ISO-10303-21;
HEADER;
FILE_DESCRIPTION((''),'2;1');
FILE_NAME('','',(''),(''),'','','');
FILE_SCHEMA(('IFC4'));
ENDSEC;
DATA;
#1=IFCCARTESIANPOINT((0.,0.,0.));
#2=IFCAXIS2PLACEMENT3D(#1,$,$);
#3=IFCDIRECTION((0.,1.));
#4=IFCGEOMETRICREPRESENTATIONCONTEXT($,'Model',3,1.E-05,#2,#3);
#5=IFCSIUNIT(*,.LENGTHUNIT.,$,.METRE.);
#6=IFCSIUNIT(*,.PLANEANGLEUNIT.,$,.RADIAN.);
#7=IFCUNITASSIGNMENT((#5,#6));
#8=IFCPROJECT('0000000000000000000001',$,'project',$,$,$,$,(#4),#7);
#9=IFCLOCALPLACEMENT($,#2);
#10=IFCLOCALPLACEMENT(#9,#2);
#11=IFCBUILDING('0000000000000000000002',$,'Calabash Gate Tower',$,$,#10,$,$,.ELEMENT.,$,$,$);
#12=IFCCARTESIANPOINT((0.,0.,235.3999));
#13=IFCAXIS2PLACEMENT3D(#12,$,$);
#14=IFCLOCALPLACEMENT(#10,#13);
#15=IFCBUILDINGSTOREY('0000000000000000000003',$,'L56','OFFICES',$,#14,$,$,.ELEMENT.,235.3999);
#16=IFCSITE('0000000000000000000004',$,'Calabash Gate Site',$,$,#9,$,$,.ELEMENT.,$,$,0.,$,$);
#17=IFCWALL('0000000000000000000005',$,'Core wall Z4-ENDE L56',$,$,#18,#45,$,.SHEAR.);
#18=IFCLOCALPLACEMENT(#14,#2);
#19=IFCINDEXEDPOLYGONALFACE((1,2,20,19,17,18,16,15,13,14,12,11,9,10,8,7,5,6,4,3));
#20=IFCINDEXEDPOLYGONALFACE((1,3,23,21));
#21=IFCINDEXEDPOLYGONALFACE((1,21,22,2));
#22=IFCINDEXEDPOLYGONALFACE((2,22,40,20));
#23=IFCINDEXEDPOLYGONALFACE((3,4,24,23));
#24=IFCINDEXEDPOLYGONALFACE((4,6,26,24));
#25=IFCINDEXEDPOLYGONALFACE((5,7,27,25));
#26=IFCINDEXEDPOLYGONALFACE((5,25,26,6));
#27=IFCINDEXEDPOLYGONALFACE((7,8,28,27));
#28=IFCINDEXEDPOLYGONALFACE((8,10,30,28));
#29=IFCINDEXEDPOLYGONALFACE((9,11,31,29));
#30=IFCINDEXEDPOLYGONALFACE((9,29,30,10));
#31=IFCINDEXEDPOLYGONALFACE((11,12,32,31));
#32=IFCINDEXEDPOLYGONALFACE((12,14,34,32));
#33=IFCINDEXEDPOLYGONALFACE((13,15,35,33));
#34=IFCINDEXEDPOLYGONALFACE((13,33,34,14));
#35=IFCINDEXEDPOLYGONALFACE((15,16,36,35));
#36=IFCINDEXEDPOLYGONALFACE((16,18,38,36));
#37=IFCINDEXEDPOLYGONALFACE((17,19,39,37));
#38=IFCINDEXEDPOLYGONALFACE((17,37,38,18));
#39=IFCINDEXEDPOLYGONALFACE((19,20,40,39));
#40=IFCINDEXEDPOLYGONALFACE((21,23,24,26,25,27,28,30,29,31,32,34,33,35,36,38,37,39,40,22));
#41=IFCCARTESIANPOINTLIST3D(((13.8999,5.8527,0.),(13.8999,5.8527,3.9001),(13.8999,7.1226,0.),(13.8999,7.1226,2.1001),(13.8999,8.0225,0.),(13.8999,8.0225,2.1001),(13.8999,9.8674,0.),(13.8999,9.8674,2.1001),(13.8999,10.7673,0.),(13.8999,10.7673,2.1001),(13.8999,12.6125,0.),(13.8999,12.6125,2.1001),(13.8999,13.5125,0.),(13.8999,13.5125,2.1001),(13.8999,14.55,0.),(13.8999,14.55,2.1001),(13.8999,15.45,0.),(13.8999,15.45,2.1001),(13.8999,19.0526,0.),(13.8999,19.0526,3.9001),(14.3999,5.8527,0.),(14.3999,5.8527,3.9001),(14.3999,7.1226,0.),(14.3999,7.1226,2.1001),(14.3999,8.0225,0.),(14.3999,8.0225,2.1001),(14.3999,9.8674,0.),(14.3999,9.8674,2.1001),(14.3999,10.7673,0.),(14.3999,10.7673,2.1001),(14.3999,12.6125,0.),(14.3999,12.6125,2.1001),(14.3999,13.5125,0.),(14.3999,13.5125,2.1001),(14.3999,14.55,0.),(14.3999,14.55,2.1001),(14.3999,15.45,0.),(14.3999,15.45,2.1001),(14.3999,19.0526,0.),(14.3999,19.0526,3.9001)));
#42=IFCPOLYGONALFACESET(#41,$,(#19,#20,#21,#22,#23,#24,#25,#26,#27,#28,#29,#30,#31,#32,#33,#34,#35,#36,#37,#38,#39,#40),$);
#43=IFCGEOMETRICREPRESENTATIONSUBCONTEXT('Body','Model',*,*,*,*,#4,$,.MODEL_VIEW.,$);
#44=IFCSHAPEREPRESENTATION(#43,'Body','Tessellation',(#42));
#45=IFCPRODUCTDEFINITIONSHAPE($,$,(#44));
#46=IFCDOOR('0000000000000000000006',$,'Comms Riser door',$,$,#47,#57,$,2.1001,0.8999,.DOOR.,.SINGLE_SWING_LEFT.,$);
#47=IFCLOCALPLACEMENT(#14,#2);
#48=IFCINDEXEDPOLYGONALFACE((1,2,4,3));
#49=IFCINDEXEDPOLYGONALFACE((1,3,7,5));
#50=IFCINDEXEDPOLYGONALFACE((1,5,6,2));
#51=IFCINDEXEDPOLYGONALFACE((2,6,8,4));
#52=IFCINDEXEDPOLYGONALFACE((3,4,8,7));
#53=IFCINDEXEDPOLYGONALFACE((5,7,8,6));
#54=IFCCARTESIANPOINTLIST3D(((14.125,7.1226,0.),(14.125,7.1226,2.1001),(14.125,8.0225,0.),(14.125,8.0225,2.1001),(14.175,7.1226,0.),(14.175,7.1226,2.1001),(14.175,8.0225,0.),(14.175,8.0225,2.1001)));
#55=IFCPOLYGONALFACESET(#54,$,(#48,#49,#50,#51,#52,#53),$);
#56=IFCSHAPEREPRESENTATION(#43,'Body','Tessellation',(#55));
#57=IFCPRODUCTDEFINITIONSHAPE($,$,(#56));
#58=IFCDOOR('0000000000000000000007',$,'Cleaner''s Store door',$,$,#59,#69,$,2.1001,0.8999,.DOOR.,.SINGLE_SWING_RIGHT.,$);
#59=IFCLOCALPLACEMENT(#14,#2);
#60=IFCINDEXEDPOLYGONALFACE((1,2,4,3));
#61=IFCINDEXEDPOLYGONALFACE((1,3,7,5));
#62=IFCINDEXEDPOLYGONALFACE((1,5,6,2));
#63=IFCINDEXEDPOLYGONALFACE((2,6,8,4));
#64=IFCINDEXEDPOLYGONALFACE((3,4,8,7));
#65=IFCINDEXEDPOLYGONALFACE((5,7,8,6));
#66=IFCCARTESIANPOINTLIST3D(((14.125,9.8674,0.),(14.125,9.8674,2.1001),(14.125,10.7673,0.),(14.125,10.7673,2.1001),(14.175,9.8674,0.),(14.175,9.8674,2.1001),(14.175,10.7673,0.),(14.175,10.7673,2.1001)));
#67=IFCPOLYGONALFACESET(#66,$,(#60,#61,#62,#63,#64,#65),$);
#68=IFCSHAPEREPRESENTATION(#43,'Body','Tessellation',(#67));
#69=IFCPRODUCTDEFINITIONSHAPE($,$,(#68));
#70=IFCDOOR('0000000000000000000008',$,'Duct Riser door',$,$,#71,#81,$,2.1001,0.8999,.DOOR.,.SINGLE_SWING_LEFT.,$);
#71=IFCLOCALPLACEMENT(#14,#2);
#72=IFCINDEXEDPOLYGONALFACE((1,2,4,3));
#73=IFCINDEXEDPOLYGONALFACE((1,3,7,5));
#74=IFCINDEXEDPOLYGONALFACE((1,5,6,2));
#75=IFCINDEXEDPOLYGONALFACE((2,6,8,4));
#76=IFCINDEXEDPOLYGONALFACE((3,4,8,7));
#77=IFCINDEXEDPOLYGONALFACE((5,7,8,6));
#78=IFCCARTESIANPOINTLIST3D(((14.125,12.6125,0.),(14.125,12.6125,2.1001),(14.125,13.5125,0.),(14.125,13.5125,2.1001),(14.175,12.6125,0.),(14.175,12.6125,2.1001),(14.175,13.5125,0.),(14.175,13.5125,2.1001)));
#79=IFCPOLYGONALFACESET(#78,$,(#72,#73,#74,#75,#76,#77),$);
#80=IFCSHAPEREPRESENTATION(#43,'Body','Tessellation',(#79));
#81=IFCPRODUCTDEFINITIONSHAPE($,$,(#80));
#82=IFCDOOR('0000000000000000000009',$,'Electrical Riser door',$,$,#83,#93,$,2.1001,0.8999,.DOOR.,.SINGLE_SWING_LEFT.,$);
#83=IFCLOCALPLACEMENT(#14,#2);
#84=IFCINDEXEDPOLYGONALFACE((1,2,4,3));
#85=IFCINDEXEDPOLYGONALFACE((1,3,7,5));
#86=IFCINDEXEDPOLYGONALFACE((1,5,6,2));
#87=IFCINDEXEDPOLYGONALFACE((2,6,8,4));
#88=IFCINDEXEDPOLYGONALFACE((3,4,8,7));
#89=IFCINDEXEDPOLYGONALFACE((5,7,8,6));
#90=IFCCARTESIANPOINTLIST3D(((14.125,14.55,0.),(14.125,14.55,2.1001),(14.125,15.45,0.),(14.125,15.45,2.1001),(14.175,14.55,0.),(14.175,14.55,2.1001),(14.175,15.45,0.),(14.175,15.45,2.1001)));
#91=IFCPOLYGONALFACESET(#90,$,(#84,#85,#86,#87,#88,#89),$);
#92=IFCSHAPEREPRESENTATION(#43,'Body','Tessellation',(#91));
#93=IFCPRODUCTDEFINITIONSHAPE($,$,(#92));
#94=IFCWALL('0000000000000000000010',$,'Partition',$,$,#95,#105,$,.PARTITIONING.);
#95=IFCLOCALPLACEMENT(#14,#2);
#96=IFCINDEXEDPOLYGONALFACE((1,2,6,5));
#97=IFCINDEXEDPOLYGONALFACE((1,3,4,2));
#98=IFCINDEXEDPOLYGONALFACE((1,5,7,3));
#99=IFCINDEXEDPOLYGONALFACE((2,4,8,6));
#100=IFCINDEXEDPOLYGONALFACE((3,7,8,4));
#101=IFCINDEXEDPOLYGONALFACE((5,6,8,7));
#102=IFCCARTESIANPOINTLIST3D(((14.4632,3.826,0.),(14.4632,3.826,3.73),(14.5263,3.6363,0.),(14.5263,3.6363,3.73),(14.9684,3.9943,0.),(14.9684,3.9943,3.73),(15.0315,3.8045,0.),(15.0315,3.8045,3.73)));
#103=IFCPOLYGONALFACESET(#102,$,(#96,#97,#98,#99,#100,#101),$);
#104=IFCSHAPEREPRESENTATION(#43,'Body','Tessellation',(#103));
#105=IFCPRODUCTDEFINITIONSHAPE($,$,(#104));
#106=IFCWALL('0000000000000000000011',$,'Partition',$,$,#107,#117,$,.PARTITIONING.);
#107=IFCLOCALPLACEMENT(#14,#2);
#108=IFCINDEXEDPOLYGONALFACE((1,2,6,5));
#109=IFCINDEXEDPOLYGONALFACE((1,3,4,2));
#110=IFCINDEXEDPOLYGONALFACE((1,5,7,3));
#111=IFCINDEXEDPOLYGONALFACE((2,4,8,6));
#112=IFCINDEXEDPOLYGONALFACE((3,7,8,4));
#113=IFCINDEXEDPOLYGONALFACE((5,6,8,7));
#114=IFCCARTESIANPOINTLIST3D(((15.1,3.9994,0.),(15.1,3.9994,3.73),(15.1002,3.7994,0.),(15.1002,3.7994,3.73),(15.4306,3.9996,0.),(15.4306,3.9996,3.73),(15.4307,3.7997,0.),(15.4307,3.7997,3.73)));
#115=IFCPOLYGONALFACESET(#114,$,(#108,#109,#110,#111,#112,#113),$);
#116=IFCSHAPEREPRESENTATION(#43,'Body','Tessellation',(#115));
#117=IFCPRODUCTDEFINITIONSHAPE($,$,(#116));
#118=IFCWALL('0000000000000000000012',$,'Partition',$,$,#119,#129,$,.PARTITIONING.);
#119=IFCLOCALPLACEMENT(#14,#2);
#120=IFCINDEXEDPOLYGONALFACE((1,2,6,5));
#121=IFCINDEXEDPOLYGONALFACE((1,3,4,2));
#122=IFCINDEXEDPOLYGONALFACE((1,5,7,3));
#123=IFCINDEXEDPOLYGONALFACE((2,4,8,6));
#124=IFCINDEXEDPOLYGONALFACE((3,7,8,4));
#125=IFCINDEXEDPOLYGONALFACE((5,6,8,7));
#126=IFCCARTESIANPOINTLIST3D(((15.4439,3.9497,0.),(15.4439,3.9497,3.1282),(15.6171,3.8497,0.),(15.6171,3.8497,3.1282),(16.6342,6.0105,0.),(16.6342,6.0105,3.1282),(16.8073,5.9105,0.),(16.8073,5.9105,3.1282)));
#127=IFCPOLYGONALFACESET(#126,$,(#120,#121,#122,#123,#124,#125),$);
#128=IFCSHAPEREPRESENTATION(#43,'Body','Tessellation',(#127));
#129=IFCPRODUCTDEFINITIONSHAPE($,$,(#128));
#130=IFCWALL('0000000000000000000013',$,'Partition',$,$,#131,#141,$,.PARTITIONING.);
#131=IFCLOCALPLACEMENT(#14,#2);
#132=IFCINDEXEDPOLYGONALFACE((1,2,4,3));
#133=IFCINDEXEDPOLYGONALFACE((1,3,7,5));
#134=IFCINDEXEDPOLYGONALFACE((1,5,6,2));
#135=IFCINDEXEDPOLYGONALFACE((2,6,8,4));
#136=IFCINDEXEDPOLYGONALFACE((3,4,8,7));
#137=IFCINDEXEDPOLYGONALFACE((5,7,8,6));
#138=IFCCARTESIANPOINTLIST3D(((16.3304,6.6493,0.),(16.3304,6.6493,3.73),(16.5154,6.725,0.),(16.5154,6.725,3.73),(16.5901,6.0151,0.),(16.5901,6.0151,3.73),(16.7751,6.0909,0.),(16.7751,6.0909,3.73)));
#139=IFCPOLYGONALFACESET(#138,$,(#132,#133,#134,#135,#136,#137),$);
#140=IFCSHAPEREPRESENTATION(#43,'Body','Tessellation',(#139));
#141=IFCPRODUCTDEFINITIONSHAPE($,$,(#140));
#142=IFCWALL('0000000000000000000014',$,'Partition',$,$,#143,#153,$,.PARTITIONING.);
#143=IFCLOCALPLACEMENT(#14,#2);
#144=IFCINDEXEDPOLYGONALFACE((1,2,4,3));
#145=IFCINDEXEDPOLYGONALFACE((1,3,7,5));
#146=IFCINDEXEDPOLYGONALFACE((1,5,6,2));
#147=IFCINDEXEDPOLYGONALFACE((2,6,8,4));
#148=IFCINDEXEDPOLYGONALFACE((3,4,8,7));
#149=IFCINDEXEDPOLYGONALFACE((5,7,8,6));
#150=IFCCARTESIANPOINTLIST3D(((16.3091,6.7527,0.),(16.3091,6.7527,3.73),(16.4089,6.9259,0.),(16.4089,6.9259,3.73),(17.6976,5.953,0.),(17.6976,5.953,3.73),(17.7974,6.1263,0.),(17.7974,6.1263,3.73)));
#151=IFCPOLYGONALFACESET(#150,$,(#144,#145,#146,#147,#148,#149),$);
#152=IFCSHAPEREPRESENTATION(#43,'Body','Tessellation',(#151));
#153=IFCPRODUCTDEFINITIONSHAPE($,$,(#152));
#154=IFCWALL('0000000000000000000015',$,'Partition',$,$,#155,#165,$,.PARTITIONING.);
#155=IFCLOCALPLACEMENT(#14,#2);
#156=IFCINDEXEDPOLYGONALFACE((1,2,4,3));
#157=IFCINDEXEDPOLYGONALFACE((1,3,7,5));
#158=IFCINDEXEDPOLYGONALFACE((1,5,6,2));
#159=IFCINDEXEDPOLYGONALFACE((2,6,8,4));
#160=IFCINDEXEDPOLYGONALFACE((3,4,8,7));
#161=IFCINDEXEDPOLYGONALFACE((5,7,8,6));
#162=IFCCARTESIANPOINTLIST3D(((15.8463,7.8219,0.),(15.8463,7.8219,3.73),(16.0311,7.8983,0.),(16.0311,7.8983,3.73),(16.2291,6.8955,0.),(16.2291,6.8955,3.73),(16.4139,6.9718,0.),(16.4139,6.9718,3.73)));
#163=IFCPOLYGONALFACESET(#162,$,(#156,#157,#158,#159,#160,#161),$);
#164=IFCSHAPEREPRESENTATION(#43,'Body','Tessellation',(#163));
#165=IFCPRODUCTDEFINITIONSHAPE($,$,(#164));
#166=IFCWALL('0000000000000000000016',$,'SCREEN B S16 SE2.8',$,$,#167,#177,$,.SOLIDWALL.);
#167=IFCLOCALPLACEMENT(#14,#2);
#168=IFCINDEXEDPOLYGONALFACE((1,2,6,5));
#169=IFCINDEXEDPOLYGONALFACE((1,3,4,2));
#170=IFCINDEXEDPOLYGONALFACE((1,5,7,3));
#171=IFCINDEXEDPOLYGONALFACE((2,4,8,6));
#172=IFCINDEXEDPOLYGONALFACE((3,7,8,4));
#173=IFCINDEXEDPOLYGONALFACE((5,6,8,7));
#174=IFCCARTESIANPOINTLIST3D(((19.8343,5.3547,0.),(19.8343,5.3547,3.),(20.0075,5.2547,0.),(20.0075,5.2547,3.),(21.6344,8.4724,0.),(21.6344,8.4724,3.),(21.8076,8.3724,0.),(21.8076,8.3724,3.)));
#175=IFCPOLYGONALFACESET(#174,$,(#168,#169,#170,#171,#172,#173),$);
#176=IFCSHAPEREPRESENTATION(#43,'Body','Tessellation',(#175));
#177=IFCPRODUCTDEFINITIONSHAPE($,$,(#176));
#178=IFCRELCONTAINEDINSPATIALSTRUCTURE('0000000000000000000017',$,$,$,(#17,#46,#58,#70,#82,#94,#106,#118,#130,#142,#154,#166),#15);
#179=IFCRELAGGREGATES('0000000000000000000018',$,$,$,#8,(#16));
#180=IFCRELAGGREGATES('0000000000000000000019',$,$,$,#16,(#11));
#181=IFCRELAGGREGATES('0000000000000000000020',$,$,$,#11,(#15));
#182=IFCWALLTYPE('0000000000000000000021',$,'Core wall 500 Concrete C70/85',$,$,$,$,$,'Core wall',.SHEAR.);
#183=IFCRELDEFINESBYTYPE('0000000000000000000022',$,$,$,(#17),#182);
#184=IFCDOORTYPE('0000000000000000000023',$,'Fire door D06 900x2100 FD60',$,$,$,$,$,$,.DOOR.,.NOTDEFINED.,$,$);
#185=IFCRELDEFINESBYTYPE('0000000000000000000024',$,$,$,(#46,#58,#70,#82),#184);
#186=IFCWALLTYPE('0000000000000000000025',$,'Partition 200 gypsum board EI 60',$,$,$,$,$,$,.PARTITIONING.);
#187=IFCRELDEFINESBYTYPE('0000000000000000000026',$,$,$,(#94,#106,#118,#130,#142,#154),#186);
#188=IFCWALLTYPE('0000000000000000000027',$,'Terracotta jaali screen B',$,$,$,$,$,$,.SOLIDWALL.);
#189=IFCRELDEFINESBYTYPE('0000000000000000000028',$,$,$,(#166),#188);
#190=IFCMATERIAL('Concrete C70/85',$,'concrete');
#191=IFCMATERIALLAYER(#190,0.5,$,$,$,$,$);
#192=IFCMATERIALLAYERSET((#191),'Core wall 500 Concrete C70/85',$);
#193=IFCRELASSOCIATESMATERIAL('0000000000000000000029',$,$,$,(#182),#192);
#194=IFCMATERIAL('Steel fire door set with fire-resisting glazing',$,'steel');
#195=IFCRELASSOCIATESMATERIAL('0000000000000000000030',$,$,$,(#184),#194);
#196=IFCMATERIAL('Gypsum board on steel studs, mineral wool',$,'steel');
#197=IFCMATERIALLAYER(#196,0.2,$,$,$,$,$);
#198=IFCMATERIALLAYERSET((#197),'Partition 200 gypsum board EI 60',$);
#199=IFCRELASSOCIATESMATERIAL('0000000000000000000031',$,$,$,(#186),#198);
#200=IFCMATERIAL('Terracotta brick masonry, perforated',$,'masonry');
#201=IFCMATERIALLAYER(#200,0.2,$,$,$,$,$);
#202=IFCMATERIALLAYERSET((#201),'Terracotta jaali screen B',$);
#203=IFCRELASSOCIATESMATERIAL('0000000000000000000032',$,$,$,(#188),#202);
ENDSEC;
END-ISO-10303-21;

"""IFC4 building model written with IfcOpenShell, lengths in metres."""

from ifc_helpers import new_model, si_unit, direction, frame, frame_2d, origin, place, context, subcontext, project, spatial, rectangle, extrude, material, layer, layer_set, type_object, element, fill, save


model = new_model("IFC4")

# Units and contexts
model_context = context("Model", 3, precision=1e-05, world=origin(), true_north=direction((0.0, 1.0)))
body_context = subcontext(model_context, "Body", "Model", "MODEL_VIEW")
ifc_project = project(units=[si_unit("LENGTHUNIT", "METRE"), si_unit("PLANEANGLEUNIT", "RADIAN")], contexts=[model_context])

# Site, building, storey
site_placement = place(None, origin())
site = spatial("IfcSite", under=ifc_project, at=site_placement, Name="Calabash Gate Site", CompositionType="ELEMENT", RefElevation=0.0)
building_placement = place(site_placement, origin())
building = spatial("IfcBuilding", under=site, at=building_placement, Name="Calabash Gate Tower", CompositionType="ELEMENT")
storey_placement = place(building_placement, frame((0.0, 0.0, 235.3999)))
storey = spatial("IfcBuildingStorey", under=building, at=storey_placement, Name="L56", Description="OFFICES", CompositionType="ELEMENT", Elevation=235.3999)

# Wall, openings, doors
ifc_material_1 = material(Name="Concrete C70/85", Category="concrete")
ifc_layer_1 = layer(ifc_material_1, 0.5)
ifc_layer_set_1 = layer_set([ifc_layer_1], Name="Core wall 500 Concrete C70/85")
wall_type_1 = type_object("IfcWallType", Name="Core wall 500 Concrete C70/85", ElementType="Core wall", PredefinedType="SHEAR", material=ifc_layer_set_1)
wall_1_placement = place(storey_placement, frame((14.1499, 5.8525, 0.0), z_axis=(0.0, 0.0, 1.0), x_axis=(0.0, 1.0, 0.0)))
wall_1 = element("IfcWall", 1, at=wall_1_placement, inside=storey, type_object=wall_type_1, Name="Core wall Z4-ENDE L56", PredefinedType="SHEAR", context=body_context, shape_type="SweptSolid", body=[
    extrude(rectangle(XDim=13.2, YDim=0.5, at=frame_2d((6.6001, 0.0))), origin(), (0.0, 0.0, 1.0), 3.9001),
])
opening_1_placement = place(wall_1_placement, frame((1.27, 0.0, 0.0)))
opening_1 = element("IfcOpeningElement", 2, at=opening_1_placement, cuts=wall_1, PredefinedType="OPENING", context=body_context, shape_type="SweptSolid", body=[
    extrude(rectangle(XDim=0.8999, YDim=2.1001, at=frame_2d((0.45, 1.05))), frame((0.0, 0.26, 0.0), z_axis=(0.0, -1.0, 0.0), x_axis=(1.0, 0.0, 0.0)), (0.0, 0.0, 1.0), 0.52),
])
opening_2_placement = place(wall_1_placement, frame((4.0149, 0.0, 0.0)))
opening_2 = element("IfcOpeningElement", 3, at=opening_2_placement, cuts=wall_1, PredefinedType="OPENING", context=body_context, shape_type="SweptSolid", body=[
    extrude(rectangle(XDim=0.8999, YDim=2.1001, at=frame_2d((0.45, 1.05))), frame((0.0, 0.26, 0.0), z_axis=(0.0, -1.0, 0.0), x_axis=(1.0, 0.0, 0.0)), (0.0, 0.0, 1.0), 0.52),
])
opening_3_placement = place(wall_1_placement, frame((6.76, 0.0, 0.0)))
opening_3 = element("IfcOpeningElement", 4, at=opening_3_placement, cuts=wall_1, PredefinedType="OPENING", context=body_context, shape_type="SweptSolid", body=[
    extrude(rectangle(XDim=0.8999, YDim=2.1001, at=frame_2d((0.45, 1.05))), frame((0.0, 0.26, 0.0), z_axis=(0.0, -1.0, 0.0), x_axis=(1.0, 0.0, 0.0)), (0.0, 0.0, 1.0), 0.52),
])
opening_4_placement = place(wall_1_placement, frame((8.6975, 0.0, 0.0)))
opening_4 = element("IfcOpeningElement", 5, at=opening_4_placement, cuts=wall_1, PredefinedType="OPENING", context=body_context, shape_type="SweptSolid", body=[
    extrude(rectangle(XDim=0.8999, YDim=2.1001, at=frame_2d((0.45, 1.05))), frame((0.0, 0.26, 0.0), z_axis=(0.0, -1.0, 0.0), x_axis=(1.0, 0.0, 0.0)), (0.0, 0.0, 1.0), 0.52),
])
ifc_material_2 = material(Name="Steel fire door set with fire-resisting glazing", Category="steel")
door_type_1 = type_object("IfcDoorType", Name="Fire door D06 900x2100 FD60", OperationType="NOTDEFINED", PredefinedType="DOOR", material=ifc_material_2)
door_1_placement = place(opening_1_placement, origin())
door_1 = element("IfcDoor", 6, at=door_1_placement, inside=storey, type_object=door_type_1, Name="Comms Riser door", OperationType="SINGLE_SWING_LEFT", OverallHeight=2.1001, OverallWidth=0.8999, PredefinedType="DOOR", context=body_context, shape_type="SweptSolid", body=[
    extrude(rectangle(XDim=0.8999, YDim=2.1001, at=frame_2d((0.45, 1.05))), frame((0.0, 0.0249, 0.0), z_axis=(0.0, -1.0, 0.0), x_axis=(1.0, 0.0, 0.0)), (0.0, 0.0, 1.0), 0.05),
])
fill(opening_1, door_1)
door_2_placement = place(opening_2_placement, origin())
door_2 = element("IfcDoor", 7, at=door_2_placement, inside=storey, type_object=door_type_1, Name="Cleaner's Store door", OperationType="SINGLE_SWING_RIGHT", OverallHeight=2.1001, OverallWidth=0.8999, PredefinedType="DOOR", context=body_context, shape_type="SweptSolid", body=[
    extrude(rectangle(XDim=0.8999, YDim=2.1001, at=frame_2d((0.45, 1.05))), frame((0.0, 0.0249, 0.0), z_axis=(0.0, -1.0, 0.0), x_axis=(1.0, 0.0, 0.0)), (0.0, 0.0, 1.0), 0.05),
])
fill(opening_2, door_2)
door_3_placement = place(opening_3_placement, origin())
door_3 = element("IfcDoor", 8, at=door_3_placement, inside=storey, type_object=door_type_1, Name="Duct Riser door", OperationType="SINGLE_SWING_LEFT", OverallHeight=2.1001, OverallWidth=0.8999, PredefinedType="DOOR", context=body_context, shape_type="SweptSolid", body=[
    extrude(rectangle(XDim=0.8999, YDim=2.1001, at=frame_2d((0.45, 1.05))), frame((0.0, 0.0249, 0.0), z_axis=(0.0, -1.0, 0.0), x_axis=(1.0, 0.0, 0.0)), (0.0, 0.0, 1.0), 0.05),
])
fill(opening_3, door_3)
door_4_placement = place(opening_4_placement, origin())
door_4 = element("IfcDoor", 9, at=door_4_placement, inside=storey, type_object=door_type_1, Name="Electrical Riser door", OperationType="SINGLE_SWING_LEFT", OverallHeight=2.1001, OverallWidth=0.8999, PredefinedType="DOOR", context=body_context, shape_type="SweptSolid", body=[
    extrude(rectangle(XDim=0.8999, YDim=2.1001, at=frame_2d((0.45, 1.05))), frame((0.0, 0.0249, 0.0), z_axis=(0.0, -1.0, 0.0), x_axis=(1.0, 0.0, 0.0)), (0.0, 0.0, 1.0), 0.05),
])
fill(opening_4, door_4)

# Walls
ifc_material_3 = material(Name="Gypsum board on steel studs, mineral wool", Category="steel")
ifc_layer_2 = layer(ifc_material_3, 0.2)
ifc_layer_set_2 = layer_set([ifc_layer_2], Name="Partition 200 gypsum board EI 60")
wall_type_2 = type_object("IfcWallType", Name="Partition 200 gypsum board EI 60", PredefinedType="PARTITIONING", material=ifc_layer_set_2)
wall_2_placement = place(storey_placement, frame((14.4949, 3.7312, 0.0), z_axis=(0.0, 0.0, 1.0), x_axis=(0.948775, 0.315953, 0.0)))
element("IfcWall", 10, at=wall_2_placement, inside=storey, type_object=wall_type_2, Name="Partition", PredefinedType="PARTITIONING", context=body_context, shape_type="SweptSolid", body=[
    extrude(rectangle(XDim=0.5325, YDim=0.2, at=frame_2d((0.2661, 0.0))), origin(), (0.0, 0.0, 1.0), 3.73),
])
wall_3_placement = place(storey_placement, frame((15.1001, 3.8994, 0.0), z_axis=(0.0, 0.0, 1.0), x_axis=(1.0, 0.000739, 0.0)))
element("IfcWall", 11, at=wall_3_placement, inside=storey, type_object=wall_type_2, Name="Partition", PredefinedType="PARTITIONING", context=body_context, shape_type="SweptSolid", body=[
    extrude(rectangle(XDim=0.3306, YDim=0.2, at=frame_2d((0.1653, 0.0))), origin(), (0.0, 0.0, 1.0), 3.73),
])
wall_4_placement = place(storey_placement, frame((15.5305, 3.8997, 0.0), z_axis=(0.0, 0.0, 1.0), x_axis=(0.500122, 0.865955, 0.0)))
element("IfcWall", 12, at=wall_4_placement, inside=storey, type_object=wall_type_2, Name="Partition", PredefinedType="PARTITIONING", context=body_context, shape_type="SweptSolid", body=[
    extrude(rectangle(XDim=2.3799, YDim=0.2, at=frame_2d((1.1899, 0.0))), origin(), (0.0, 0.0, 1.0), 3.1282),
])
wall_5_placement = place(storey_placement, frame((16.4229, 6.6873, 0.0), z_axis=(0.0, 0.0, 1.0), x_axis=(0.378993, -0.925399, 0.0)))
element("IfcWall", 13, at=wall_5_placement, inside=storey, type_object=wall_type_2, Name="Partition", PredefinedType="PARTITIONING", context=body_context, shape_type="SweptSolid", body=[
    extrude(rectangle(XDim=0.6853, YDim=0.2, at=frame_2d((0.3428, 0.0))), origin(), (0.0, 0.0, 1.0), 3.73),
])
wall_6_placement = place(storey_placement, frame((16.3589, 6.8394, 0.0), z_axis=(0.0, 0.0, 1.0), x_axis=(0.866579, -0.499041, 0.0)))
element("IfcWall", 14, at=wall_6_placement, inside=storey, type_object=wall_type_2, Name="Partition", PredefinedType="PARTITIONING", context=body_context, shape_type="SweptSolid", body=[
    extrude(rectangle(XDim=1.6023, YDim=0.2, at=frame_2d((0.8013, 0.0))), origin(), (0.0, 0.0, 1.0), 3.73),
])
wall_7_placement = place(storey_placement, frame((15.9387, 7.8601, 0.0), z_axis=(0.0, 0.0, 1.0), x_axis=(0.381864, -0.924218, 0.0)))
element("IfcWall", 15, at=wall_7_placement, inside=storey, type_object=wall_type_2, Name="Partition", PredefinedType="PARTITIONING", context=body_context, shape_type="SweptSolid", body=[
    extrude(rectangle(XDim=1.0024, YDim=0.2, at=frame_2d((0.5012, 0.0))), origin(), (0.0, 0.0, 1.0), 3.73),
])

# Wall
ifc_material_4 = material(Name="Terracotta brick masonry, perforated", Category="masonry")
ifc_layer_3 = layer(ifc_material_4, 0.2)
ifc_layer_set_3 = layer_set([ifc_layer_3], Name="Terracotta jaali screen B")
wall_type_3 = type_object("IfcWallType", Name="Terracotta jaali screen B", PredefinedType="SOLIDWALL", material=ifc_layer_set_3)
wall_8_placement = place(storey_placement, frame((19.9209, 5.3047, 0.0), z_axis=(0.0, 0.0, 1.0), x_axis=(0.500012, 0.866018, 0.0)))
element("IfcWall", 16, at=wall_8_placement, inside=storey, type_object=wall_type_3, Name="SCREEN B S16 SE2.8", PredefinedType="SOLIDWALL", context=body_context, shape_type="SweptSolid", body=[
    extrude(rectangle(XDim=3.6001, YDim=0.2, at=frame_2d((1.8, 0.0))), origin(), (0.0, 0.0, 1.0), 3.0),
])

save(model, "model.ifc")
